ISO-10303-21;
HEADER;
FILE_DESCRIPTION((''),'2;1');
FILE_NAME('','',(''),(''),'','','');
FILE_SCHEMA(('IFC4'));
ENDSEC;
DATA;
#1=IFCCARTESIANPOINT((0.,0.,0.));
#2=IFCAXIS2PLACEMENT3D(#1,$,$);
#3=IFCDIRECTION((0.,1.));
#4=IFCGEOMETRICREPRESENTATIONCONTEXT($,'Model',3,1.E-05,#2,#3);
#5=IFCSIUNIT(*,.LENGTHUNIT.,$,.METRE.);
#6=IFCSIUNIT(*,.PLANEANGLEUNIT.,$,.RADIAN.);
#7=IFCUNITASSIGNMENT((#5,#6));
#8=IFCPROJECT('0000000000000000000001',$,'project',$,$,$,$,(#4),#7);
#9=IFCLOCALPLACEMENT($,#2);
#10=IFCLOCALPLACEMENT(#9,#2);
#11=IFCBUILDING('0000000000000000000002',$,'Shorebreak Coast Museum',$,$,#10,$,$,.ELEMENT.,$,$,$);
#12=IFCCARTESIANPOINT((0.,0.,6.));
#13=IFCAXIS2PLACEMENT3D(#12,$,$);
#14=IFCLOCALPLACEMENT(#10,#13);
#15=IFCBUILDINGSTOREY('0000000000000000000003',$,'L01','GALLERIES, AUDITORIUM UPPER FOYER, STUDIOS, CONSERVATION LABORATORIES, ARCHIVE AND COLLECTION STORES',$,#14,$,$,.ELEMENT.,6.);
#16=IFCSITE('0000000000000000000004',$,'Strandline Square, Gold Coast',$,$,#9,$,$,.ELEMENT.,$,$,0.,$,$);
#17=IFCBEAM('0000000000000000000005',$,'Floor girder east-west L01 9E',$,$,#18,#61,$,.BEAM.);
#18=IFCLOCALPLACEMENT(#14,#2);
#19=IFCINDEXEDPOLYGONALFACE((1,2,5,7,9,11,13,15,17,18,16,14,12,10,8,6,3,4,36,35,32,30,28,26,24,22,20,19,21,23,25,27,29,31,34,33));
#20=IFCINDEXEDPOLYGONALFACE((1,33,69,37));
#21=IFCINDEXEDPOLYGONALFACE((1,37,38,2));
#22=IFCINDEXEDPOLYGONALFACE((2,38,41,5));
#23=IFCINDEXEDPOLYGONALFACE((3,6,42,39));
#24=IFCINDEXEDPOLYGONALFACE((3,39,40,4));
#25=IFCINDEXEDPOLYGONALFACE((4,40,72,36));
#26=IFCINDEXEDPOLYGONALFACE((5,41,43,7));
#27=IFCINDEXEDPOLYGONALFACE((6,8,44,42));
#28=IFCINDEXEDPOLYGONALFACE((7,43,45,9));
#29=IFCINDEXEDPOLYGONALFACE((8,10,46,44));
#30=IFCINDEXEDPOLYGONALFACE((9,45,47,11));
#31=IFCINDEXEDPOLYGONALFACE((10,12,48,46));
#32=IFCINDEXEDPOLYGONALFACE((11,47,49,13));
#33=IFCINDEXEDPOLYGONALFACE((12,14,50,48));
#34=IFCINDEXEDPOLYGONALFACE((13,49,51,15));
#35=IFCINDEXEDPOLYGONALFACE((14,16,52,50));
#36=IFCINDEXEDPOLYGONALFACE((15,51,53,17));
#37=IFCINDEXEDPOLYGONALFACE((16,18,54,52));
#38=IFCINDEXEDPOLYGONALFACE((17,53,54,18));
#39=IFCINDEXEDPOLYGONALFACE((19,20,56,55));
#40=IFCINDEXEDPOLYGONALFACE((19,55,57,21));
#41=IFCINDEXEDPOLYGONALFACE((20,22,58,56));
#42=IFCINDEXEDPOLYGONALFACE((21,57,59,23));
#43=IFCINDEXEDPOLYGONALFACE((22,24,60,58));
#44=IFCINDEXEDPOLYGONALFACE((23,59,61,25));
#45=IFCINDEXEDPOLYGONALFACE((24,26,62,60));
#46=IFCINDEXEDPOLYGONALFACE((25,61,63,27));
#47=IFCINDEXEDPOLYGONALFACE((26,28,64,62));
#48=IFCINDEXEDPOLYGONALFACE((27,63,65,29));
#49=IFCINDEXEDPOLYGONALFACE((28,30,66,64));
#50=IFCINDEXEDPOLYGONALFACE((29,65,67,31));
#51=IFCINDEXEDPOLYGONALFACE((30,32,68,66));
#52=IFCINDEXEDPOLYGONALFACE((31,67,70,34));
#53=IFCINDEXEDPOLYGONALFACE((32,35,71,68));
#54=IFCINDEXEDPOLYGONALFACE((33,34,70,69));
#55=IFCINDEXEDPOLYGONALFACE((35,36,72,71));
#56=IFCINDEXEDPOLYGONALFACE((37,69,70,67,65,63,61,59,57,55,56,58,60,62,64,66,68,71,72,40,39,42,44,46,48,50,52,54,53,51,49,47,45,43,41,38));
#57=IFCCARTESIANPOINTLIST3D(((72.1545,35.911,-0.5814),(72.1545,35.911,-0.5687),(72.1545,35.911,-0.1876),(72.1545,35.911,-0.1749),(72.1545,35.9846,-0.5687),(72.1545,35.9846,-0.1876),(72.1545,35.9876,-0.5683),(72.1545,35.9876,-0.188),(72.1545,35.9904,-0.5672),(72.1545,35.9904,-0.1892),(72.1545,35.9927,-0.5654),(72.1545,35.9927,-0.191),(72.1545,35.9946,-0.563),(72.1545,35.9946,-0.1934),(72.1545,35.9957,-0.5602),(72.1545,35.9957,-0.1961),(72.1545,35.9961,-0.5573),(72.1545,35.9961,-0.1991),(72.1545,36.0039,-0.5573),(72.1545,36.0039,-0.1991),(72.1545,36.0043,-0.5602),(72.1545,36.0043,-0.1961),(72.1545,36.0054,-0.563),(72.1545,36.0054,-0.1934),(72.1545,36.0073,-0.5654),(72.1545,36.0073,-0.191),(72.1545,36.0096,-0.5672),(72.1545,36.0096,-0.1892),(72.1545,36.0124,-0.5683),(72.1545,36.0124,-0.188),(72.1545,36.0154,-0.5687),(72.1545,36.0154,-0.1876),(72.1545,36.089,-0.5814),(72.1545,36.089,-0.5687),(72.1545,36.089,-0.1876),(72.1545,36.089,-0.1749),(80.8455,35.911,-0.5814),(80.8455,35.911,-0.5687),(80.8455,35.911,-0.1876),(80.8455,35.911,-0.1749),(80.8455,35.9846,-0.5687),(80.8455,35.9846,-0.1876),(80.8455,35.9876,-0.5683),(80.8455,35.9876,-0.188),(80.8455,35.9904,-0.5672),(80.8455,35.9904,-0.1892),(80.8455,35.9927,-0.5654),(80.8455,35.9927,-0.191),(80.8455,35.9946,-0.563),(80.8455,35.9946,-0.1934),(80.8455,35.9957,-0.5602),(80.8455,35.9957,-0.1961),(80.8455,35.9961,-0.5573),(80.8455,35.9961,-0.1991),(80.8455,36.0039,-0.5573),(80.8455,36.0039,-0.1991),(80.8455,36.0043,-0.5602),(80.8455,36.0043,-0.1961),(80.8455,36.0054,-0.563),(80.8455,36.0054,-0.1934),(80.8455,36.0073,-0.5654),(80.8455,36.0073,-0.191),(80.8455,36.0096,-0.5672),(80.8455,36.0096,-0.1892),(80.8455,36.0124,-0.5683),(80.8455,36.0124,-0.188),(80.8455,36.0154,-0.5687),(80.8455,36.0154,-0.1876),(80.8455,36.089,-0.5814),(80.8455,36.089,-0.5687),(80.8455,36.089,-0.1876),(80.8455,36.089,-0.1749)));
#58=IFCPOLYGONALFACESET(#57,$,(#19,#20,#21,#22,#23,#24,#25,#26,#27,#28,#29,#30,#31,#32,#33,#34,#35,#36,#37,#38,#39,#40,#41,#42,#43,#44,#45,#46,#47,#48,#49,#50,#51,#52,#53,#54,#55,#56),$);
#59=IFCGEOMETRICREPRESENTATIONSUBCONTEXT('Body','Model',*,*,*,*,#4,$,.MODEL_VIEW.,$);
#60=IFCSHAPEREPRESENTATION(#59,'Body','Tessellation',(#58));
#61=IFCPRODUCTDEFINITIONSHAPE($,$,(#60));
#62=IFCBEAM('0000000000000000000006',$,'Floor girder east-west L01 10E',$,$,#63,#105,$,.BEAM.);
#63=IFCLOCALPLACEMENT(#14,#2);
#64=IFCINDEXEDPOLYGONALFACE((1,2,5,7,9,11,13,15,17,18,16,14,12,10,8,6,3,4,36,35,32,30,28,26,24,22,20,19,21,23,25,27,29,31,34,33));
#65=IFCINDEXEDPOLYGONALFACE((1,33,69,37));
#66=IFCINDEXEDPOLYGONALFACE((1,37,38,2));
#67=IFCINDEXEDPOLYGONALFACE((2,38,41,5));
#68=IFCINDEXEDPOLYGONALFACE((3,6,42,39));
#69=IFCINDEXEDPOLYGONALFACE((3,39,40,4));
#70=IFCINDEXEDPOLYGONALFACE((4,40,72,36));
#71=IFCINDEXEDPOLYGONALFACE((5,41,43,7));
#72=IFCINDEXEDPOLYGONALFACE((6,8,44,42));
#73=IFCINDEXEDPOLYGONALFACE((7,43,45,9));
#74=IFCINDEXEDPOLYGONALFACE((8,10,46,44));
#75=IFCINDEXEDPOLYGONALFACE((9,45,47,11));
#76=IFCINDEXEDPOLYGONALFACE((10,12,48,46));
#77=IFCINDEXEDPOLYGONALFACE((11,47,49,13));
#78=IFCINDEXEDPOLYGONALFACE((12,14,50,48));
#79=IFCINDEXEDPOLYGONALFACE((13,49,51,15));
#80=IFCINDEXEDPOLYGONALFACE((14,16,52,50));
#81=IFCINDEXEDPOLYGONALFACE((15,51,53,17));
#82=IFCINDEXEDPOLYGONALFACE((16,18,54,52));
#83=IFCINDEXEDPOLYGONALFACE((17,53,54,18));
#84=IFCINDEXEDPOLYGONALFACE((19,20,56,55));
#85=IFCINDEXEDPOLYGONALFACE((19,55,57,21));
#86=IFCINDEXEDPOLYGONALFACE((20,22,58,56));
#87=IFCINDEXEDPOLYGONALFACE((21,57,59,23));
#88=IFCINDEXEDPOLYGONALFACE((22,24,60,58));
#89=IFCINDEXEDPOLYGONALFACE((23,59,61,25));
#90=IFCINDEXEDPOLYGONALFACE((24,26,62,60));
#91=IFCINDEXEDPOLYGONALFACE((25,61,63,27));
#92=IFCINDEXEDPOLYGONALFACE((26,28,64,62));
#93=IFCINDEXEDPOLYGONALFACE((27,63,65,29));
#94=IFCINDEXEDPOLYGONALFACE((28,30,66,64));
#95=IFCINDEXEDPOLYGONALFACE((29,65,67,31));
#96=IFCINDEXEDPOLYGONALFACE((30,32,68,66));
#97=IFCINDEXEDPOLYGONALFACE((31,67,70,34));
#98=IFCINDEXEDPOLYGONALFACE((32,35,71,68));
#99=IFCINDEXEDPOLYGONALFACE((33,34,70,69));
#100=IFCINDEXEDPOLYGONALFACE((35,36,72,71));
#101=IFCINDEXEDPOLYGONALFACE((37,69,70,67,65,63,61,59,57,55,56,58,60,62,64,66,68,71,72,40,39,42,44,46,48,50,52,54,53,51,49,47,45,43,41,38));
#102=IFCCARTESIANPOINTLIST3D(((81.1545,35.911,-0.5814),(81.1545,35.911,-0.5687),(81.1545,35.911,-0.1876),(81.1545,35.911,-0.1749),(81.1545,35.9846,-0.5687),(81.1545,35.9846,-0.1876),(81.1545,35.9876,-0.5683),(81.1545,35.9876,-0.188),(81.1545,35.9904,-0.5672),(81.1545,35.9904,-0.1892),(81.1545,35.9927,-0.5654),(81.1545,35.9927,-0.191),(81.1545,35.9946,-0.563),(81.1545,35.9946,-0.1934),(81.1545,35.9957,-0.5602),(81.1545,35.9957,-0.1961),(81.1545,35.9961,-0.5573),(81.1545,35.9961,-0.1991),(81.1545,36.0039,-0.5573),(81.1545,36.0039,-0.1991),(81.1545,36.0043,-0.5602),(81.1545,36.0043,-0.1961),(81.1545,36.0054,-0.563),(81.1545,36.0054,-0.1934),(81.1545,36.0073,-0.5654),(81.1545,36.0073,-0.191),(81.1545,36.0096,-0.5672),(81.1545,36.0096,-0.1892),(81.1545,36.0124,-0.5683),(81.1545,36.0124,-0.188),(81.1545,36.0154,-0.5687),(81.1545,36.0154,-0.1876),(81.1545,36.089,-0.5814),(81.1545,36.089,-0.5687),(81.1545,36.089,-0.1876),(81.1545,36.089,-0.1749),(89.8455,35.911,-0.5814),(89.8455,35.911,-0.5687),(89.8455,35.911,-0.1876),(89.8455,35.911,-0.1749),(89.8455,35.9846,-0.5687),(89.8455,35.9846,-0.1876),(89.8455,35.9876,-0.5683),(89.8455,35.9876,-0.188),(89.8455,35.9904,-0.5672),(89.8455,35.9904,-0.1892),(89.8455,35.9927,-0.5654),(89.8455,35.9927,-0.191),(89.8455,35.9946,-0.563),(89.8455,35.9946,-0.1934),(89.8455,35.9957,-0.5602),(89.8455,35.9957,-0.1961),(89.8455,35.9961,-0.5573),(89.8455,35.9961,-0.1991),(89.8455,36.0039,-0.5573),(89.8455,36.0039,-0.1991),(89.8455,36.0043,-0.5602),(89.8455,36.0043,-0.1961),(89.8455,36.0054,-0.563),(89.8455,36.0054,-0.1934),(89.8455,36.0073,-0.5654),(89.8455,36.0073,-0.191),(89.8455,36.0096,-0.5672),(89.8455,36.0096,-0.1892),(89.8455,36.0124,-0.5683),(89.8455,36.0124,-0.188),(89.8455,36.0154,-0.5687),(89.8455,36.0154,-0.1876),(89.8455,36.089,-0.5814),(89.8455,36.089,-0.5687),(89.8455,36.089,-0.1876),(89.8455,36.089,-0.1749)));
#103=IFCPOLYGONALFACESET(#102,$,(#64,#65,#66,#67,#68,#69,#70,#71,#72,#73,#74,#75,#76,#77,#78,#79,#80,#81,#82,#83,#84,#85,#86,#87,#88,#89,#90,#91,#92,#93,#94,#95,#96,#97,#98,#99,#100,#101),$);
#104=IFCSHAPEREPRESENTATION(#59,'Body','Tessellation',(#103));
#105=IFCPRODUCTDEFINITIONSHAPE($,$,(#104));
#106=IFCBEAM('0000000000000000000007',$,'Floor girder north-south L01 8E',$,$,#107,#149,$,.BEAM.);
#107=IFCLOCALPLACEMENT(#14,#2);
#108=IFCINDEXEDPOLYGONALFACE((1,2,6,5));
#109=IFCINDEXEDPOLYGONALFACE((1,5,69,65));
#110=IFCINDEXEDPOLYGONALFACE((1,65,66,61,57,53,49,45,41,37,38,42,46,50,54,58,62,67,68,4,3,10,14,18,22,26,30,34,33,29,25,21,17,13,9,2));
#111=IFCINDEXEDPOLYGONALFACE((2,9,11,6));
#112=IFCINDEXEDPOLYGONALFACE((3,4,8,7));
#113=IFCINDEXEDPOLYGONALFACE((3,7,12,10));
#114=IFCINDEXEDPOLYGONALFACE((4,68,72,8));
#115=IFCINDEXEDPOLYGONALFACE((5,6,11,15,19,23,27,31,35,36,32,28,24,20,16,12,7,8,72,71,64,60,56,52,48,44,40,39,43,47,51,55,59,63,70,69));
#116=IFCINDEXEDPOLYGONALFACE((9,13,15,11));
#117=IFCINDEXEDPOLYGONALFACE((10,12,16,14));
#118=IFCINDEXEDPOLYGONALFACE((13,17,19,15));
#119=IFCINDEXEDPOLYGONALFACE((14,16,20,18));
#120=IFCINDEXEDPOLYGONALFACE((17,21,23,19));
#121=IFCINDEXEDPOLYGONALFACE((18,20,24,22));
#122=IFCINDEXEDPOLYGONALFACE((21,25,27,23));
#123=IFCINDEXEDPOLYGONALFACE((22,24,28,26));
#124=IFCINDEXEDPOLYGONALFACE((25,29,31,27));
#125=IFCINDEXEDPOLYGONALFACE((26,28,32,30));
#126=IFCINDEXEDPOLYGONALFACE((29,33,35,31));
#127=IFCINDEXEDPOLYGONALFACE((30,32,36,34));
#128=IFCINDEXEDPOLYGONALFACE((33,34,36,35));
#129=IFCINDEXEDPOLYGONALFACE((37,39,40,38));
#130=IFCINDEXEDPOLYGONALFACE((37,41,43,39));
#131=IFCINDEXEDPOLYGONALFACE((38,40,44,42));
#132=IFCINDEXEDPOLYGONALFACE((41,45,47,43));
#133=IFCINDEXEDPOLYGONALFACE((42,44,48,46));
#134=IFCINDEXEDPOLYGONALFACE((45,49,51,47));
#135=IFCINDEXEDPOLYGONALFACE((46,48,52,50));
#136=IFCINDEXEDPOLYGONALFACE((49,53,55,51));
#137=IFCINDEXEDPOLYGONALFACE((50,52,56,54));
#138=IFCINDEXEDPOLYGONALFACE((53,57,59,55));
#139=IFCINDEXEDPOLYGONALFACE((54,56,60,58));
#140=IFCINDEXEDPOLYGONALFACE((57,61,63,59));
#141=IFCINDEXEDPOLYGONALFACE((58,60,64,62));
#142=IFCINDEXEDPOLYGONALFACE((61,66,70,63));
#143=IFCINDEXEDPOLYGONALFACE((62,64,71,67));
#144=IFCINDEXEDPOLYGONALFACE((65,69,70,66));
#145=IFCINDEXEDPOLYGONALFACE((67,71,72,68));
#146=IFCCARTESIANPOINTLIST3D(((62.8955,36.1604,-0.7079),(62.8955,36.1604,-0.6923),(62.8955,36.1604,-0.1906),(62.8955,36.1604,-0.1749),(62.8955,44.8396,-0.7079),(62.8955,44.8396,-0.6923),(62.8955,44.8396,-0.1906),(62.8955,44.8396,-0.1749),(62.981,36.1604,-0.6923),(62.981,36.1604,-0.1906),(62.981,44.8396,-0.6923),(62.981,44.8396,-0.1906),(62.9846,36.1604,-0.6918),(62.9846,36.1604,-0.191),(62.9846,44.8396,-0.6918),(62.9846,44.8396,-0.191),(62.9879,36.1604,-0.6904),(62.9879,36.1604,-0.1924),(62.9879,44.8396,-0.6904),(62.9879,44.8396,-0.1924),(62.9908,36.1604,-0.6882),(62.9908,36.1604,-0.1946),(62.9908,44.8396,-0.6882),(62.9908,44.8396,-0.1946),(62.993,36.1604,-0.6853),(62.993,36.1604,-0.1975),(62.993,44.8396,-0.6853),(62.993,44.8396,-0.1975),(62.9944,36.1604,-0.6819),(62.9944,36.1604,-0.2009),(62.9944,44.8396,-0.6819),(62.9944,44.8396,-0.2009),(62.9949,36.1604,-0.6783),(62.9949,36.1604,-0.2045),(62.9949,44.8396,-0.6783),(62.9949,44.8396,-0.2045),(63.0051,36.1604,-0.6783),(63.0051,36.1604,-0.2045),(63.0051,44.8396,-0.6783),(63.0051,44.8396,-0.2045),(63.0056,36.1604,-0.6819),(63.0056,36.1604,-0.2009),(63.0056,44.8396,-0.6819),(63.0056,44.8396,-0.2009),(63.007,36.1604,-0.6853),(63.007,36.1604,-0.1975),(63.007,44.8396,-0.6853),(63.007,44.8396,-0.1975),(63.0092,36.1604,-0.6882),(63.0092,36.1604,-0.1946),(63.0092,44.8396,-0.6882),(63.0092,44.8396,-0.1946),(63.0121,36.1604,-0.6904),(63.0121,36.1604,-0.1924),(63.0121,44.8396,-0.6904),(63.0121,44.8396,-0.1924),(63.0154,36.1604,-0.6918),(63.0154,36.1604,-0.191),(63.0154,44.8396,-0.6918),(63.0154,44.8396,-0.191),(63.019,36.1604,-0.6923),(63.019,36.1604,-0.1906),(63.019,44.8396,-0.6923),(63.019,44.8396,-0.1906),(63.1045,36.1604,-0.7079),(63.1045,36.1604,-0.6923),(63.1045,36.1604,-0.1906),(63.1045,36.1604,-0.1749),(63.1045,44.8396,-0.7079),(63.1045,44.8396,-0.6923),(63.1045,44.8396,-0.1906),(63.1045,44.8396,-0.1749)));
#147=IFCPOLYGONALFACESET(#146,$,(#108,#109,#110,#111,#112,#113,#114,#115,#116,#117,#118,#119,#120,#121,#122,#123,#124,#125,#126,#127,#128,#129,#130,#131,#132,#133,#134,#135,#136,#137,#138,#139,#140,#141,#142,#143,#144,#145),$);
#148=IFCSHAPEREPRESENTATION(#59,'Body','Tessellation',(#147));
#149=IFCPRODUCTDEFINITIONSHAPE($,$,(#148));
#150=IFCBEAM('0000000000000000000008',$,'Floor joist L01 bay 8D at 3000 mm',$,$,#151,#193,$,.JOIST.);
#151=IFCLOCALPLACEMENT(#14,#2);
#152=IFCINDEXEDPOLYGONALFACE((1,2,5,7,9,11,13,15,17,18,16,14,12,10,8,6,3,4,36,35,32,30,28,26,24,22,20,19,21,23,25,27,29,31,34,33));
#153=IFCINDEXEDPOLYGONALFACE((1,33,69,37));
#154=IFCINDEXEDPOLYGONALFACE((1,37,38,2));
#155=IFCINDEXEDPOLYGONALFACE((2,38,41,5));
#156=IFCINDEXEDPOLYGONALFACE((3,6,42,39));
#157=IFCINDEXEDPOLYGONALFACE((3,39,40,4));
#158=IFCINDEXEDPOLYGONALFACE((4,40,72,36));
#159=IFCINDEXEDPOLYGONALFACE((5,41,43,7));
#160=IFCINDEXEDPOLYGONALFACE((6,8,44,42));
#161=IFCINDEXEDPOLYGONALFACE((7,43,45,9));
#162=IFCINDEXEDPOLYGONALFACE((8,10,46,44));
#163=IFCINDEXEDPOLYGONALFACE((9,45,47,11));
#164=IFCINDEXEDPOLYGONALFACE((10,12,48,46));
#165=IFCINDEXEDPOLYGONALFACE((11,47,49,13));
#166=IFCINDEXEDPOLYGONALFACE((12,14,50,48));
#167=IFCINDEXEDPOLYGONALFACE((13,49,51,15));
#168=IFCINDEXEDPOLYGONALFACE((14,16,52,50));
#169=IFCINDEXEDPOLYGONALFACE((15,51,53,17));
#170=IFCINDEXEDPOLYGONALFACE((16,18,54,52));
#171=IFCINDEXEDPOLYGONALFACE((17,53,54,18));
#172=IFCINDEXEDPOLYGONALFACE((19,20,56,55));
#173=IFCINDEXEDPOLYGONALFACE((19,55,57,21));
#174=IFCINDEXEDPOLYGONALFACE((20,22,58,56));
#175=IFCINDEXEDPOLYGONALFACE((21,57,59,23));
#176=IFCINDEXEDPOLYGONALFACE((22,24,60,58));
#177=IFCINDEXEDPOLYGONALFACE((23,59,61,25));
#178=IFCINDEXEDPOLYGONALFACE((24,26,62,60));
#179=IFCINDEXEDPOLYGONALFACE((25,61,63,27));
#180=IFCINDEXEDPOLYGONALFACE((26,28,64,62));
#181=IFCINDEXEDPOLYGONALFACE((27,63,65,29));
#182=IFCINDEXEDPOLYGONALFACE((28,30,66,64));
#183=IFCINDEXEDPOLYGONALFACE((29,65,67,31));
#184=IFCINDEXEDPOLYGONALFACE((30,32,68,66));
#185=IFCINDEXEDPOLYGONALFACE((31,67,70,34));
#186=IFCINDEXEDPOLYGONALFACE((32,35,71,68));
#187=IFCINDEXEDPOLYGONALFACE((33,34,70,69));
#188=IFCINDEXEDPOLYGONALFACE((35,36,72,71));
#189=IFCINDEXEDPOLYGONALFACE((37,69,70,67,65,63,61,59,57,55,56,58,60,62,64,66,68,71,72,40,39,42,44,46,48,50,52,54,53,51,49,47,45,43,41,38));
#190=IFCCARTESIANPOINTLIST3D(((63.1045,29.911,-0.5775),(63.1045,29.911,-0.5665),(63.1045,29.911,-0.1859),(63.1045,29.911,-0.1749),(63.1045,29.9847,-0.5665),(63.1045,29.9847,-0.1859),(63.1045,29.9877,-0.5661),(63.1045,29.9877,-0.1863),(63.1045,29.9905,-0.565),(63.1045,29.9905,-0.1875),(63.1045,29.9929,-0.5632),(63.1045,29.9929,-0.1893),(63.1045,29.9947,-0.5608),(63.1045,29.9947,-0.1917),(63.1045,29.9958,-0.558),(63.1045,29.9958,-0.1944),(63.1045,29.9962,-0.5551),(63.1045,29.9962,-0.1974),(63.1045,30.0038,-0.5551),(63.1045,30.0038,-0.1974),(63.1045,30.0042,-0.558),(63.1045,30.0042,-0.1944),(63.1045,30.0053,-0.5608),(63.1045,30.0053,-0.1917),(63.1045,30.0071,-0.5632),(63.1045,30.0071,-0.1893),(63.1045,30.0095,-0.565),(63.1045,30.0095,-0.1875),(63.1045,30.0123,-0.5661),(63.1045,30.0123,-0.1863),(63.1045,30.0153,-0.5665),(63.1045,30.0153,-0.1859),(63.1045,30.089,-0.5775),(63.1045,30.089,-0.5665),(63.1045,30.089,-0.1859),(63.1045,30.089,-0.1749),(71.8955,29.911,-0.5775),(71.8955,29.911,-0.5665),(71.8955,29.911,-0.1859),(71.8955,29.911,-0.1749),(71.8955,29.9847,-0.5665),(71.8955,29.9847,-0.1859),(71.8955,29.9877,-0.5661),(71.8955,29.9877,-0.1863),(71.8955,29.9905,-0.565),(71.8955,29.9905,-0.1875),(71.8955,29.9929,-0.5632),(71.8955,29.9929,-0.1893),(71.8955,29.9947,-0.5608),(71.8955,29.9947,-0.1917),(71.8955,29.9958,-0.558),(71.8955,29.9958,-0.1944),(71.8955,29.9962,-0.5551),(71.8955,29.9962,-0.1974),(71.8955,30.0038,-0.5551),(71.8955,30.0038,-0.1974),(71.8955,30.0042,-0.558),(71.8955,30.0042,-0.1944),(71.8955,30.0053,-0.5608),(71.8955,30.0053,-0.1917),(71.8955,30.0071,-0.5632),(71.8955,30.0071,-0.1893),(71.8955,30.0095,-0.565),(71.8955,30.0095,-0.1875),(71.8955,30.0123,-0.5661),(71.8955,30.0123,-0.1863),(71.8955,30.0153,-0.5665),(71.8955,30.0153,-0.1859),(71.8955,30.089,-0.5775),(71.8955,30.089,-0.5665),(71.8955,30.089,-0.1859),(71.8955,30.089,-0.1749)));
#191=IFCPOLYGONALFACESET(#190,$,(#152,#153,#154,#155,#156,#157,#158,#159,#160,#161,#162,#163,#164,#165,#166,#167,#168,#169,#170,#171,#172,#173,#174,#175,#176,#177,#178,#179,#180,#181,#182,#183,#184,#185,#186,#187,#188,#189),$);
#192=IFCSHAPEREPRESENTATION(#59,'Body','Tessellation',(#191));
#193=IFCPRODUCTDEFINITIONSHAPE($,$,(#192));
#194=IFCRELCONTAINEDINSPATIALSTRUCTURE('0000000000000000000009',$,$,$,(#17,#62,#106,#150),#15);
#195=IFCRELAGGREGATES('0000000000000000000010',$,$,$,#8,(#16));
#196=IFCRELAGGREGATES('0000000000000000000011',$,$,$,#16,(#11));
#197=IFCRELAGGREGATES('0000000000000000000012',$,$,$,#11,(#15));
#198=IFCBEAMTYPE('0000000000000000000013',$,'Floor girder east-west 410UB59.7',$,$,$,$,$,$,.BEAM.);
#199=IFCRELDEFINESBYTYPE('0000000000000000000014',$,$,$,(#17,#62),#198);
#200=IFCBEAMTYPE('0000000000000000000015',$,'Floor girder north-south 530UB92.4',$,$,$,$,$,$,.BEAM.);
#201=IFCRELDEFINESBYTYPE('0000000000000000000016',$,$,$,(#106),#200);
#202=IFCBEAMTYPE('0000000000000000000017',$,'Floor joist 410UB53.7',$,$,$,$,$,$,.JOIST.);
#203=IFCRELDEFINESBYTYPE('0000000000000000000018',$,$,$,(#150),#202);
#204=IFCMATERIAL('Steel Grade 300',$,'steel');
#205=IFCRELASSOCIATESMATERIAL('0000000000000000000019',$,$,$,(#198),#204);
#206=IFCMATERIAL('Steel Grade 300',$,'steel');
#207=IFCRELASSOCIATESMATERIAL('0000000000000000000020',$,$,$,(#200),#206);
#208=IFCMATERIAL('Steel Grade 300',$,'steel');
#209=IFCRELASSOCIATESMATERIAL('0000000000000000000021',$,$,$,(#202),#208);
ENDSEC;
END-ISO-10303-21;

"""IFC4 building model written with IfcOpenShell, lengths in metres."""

from ifc_helpers import new_model, si_unit, direction, frame, origin, origin_2d, place, context, subcontext, project, spatial, i_section, extrude, material, material_profile, profile_set, type_object, element, save


model = new_model("IFC4")

# Units and contexts
model_context = context("Model", 3, precision=1e-05, world=origin(), true_north=direction((0.0, 1.0)))
body_context = subcontext(model_context, "Body", "Model", "MODEL_VIEW")
ifc_project = project(units=[si_unit("LENGTHUNIT", "METRE"), si_unit("PLANEANGLEUNIT", "RADIAN")], contexts=[model_context])

# Site, building, storey
site_placement = place(None, origin())
site = spatial("IfcSite", under=ifc_project, at=site_placement, Name="Strandline Square, Gold Coast", CompositionType="ELEMENT", RefElevation=0.0)
building_placement = place(site_placement, origin())
building = spatial("IfcBuilding", under=site, at=building_placement, Name="Shorebreak Coast Museum", CompositionType="ELEMENT")
storey_placement = place(building_placement, frame((0.0, 0.0, 6.0)))
storey = spatial("IfcBuildingStorey", under=building, at=storey_placement, Name="L01", Description="GALLERIES, AUDITORIUM UPPER FOYER, STUDIOS, CONSERVATION LABORATORIES, ARCHIVE AND COLLECTION STORES", CompositionType="ELEMENT", Elevation=6.0)

# Beams
ifc_material_1 = material(Name="Steel Grade 300", Category="steel")
ifc_material_profile_1 = material_profile(ifc_material_1, i_section(OverallWidth=0.178, OverallDepth=0.4065, WebThickness=0.0078, FlangeThickness=0.0127, FilletRadius=0.0115, at=origin_2d()), Name="410UB59.7")
ifc_profile_set_1 = profile_set([ifc_material_profile_1], Name="Steel Grade 300")
beam_type_1 = type_object("IfcBeamType", Name="Floor girder east-west 410UB59.7", PredefinedType="BEAM", material=ifc_profile_set_1)
for number, where, z_axis, x_axis, name in (
    (1, (72.1545, 36.0, -0.3782), (1.0, 0.0, 0.0), (0.0, 1.0, 0.0), "Floor girder east-west L01 9E"),
    (2, (81.1545, 36.0, -0.3782), (1.0, 0.0, 0.0), (0.0, 1.0, 0.0), "Floor girder east-west L01 10E"),
):
    element("IfcBeam", number, at=place(storey_placement, frame(where, z_axis=z_axis, x_axis=x_axis)), inside=storey, type_object=beam_type_1, Name=name, PredefinedType="BEAM", context=body_context, shape_type="SweptSolid", body=[
        extrude(i_section(OverallWidth=0.178, OverallDepth=0.4065, WebThickness=0.0078, FlangeThickness=0.0127, FilletRadius=0.0115, at=origin_2d()), origin(), (0.0, 0.0, 1.0), 8.6909),
    ])
ifc_material_2 = material(Name="Steel Grade 300", Category="steel")
ifc_material_profile_2 = material_profile(ifc_material_2, i_section(OverallWidth=0.209, OverallDepth=0.533, WebThickness=0.0103, FlangeThickness=0.0156, FilletRadius=0.0139, at=origin_2d()), Name="530UB92.4")
ifc_profile_set_2 = profile_set([ifc_material_profile_2], Name="Steel Grade 300")
beam_type_2 = type_object("IfcBeamType", Name="Floor girder north-south 530UB92.4", PredefinedType="BEAM", material=ifc_profile_set_2)
beam_placement = place(storey_placement, frame((63.0, 36.1604, -0.4414), z_axis=(0.0, 1.0, 0.0), x_axis=(-1.0, 0.0, 0.0)))
element("IfcBeam", 3, at=beam_placement, inside=storey, type_object=beam_type_2, Name="Floor girder north-south L01 8E", PredefinedType="BEAM", context=body_context, shape_type="SweptSolid", body=[
    extrude(i_section(OverallWidth=0.209, OverallDepth=0.533, WebThickness=0.0103, FlangeThickness=0.0156, FilletRadius=0.0139, at=origin_2d()), origin(), (0.0, 0.0, 1.0), 8.6792),
])
ifc_material_3 = material(Name="Steel Grade 300", Category="steel")
ifc_material_profile_3 = material_profile(ifc_material_3, i_section(OverallWidth=0.178, OverallDepth=0.4026, WebThickness=0.0076, FlangeThickness=0.011, FilletRadius=0.0115, at=origin_2d()), Name="410UB53.7")
ifc_profile_set_3 = profile_set([ifc_material_profile_3], Name="Steel Grade 300")
beam_type_3 = type_object("IfcBeamType", Name="Floor joist 410UB53.7", PredefinedType="JOIST", material=ifc_profile_set_3)
for number, where, z_axis, x_axis, name in (
    (4, (63.1045, 30.0, -0.3762), (1.0, 0.0, 0.0), (0.0, 1.0, 0.0), "Floor joist L01 bay 8D at 3000 mm"),
):
    element("IfcBeam", number, at=place(storey_placement, frame(where, z_axis=z_axis, x_axis=x_axis)), inside=storey, type_object=beam_type_3, Name=name, PredefinedType="JOIST", context=body_context, shape_type="SweptSolid", body=[
        extrude(i_section(OverallWidth=0.178, OverallDepth=0.4026, WebThickness=0.0076, FlangeThickness=0.011, FilletRadius=0.0115, at=origin_2d()), origin(), (0.0, 0.0, 1.0), 8.791),
    ])

save(model, "model.ifc")
